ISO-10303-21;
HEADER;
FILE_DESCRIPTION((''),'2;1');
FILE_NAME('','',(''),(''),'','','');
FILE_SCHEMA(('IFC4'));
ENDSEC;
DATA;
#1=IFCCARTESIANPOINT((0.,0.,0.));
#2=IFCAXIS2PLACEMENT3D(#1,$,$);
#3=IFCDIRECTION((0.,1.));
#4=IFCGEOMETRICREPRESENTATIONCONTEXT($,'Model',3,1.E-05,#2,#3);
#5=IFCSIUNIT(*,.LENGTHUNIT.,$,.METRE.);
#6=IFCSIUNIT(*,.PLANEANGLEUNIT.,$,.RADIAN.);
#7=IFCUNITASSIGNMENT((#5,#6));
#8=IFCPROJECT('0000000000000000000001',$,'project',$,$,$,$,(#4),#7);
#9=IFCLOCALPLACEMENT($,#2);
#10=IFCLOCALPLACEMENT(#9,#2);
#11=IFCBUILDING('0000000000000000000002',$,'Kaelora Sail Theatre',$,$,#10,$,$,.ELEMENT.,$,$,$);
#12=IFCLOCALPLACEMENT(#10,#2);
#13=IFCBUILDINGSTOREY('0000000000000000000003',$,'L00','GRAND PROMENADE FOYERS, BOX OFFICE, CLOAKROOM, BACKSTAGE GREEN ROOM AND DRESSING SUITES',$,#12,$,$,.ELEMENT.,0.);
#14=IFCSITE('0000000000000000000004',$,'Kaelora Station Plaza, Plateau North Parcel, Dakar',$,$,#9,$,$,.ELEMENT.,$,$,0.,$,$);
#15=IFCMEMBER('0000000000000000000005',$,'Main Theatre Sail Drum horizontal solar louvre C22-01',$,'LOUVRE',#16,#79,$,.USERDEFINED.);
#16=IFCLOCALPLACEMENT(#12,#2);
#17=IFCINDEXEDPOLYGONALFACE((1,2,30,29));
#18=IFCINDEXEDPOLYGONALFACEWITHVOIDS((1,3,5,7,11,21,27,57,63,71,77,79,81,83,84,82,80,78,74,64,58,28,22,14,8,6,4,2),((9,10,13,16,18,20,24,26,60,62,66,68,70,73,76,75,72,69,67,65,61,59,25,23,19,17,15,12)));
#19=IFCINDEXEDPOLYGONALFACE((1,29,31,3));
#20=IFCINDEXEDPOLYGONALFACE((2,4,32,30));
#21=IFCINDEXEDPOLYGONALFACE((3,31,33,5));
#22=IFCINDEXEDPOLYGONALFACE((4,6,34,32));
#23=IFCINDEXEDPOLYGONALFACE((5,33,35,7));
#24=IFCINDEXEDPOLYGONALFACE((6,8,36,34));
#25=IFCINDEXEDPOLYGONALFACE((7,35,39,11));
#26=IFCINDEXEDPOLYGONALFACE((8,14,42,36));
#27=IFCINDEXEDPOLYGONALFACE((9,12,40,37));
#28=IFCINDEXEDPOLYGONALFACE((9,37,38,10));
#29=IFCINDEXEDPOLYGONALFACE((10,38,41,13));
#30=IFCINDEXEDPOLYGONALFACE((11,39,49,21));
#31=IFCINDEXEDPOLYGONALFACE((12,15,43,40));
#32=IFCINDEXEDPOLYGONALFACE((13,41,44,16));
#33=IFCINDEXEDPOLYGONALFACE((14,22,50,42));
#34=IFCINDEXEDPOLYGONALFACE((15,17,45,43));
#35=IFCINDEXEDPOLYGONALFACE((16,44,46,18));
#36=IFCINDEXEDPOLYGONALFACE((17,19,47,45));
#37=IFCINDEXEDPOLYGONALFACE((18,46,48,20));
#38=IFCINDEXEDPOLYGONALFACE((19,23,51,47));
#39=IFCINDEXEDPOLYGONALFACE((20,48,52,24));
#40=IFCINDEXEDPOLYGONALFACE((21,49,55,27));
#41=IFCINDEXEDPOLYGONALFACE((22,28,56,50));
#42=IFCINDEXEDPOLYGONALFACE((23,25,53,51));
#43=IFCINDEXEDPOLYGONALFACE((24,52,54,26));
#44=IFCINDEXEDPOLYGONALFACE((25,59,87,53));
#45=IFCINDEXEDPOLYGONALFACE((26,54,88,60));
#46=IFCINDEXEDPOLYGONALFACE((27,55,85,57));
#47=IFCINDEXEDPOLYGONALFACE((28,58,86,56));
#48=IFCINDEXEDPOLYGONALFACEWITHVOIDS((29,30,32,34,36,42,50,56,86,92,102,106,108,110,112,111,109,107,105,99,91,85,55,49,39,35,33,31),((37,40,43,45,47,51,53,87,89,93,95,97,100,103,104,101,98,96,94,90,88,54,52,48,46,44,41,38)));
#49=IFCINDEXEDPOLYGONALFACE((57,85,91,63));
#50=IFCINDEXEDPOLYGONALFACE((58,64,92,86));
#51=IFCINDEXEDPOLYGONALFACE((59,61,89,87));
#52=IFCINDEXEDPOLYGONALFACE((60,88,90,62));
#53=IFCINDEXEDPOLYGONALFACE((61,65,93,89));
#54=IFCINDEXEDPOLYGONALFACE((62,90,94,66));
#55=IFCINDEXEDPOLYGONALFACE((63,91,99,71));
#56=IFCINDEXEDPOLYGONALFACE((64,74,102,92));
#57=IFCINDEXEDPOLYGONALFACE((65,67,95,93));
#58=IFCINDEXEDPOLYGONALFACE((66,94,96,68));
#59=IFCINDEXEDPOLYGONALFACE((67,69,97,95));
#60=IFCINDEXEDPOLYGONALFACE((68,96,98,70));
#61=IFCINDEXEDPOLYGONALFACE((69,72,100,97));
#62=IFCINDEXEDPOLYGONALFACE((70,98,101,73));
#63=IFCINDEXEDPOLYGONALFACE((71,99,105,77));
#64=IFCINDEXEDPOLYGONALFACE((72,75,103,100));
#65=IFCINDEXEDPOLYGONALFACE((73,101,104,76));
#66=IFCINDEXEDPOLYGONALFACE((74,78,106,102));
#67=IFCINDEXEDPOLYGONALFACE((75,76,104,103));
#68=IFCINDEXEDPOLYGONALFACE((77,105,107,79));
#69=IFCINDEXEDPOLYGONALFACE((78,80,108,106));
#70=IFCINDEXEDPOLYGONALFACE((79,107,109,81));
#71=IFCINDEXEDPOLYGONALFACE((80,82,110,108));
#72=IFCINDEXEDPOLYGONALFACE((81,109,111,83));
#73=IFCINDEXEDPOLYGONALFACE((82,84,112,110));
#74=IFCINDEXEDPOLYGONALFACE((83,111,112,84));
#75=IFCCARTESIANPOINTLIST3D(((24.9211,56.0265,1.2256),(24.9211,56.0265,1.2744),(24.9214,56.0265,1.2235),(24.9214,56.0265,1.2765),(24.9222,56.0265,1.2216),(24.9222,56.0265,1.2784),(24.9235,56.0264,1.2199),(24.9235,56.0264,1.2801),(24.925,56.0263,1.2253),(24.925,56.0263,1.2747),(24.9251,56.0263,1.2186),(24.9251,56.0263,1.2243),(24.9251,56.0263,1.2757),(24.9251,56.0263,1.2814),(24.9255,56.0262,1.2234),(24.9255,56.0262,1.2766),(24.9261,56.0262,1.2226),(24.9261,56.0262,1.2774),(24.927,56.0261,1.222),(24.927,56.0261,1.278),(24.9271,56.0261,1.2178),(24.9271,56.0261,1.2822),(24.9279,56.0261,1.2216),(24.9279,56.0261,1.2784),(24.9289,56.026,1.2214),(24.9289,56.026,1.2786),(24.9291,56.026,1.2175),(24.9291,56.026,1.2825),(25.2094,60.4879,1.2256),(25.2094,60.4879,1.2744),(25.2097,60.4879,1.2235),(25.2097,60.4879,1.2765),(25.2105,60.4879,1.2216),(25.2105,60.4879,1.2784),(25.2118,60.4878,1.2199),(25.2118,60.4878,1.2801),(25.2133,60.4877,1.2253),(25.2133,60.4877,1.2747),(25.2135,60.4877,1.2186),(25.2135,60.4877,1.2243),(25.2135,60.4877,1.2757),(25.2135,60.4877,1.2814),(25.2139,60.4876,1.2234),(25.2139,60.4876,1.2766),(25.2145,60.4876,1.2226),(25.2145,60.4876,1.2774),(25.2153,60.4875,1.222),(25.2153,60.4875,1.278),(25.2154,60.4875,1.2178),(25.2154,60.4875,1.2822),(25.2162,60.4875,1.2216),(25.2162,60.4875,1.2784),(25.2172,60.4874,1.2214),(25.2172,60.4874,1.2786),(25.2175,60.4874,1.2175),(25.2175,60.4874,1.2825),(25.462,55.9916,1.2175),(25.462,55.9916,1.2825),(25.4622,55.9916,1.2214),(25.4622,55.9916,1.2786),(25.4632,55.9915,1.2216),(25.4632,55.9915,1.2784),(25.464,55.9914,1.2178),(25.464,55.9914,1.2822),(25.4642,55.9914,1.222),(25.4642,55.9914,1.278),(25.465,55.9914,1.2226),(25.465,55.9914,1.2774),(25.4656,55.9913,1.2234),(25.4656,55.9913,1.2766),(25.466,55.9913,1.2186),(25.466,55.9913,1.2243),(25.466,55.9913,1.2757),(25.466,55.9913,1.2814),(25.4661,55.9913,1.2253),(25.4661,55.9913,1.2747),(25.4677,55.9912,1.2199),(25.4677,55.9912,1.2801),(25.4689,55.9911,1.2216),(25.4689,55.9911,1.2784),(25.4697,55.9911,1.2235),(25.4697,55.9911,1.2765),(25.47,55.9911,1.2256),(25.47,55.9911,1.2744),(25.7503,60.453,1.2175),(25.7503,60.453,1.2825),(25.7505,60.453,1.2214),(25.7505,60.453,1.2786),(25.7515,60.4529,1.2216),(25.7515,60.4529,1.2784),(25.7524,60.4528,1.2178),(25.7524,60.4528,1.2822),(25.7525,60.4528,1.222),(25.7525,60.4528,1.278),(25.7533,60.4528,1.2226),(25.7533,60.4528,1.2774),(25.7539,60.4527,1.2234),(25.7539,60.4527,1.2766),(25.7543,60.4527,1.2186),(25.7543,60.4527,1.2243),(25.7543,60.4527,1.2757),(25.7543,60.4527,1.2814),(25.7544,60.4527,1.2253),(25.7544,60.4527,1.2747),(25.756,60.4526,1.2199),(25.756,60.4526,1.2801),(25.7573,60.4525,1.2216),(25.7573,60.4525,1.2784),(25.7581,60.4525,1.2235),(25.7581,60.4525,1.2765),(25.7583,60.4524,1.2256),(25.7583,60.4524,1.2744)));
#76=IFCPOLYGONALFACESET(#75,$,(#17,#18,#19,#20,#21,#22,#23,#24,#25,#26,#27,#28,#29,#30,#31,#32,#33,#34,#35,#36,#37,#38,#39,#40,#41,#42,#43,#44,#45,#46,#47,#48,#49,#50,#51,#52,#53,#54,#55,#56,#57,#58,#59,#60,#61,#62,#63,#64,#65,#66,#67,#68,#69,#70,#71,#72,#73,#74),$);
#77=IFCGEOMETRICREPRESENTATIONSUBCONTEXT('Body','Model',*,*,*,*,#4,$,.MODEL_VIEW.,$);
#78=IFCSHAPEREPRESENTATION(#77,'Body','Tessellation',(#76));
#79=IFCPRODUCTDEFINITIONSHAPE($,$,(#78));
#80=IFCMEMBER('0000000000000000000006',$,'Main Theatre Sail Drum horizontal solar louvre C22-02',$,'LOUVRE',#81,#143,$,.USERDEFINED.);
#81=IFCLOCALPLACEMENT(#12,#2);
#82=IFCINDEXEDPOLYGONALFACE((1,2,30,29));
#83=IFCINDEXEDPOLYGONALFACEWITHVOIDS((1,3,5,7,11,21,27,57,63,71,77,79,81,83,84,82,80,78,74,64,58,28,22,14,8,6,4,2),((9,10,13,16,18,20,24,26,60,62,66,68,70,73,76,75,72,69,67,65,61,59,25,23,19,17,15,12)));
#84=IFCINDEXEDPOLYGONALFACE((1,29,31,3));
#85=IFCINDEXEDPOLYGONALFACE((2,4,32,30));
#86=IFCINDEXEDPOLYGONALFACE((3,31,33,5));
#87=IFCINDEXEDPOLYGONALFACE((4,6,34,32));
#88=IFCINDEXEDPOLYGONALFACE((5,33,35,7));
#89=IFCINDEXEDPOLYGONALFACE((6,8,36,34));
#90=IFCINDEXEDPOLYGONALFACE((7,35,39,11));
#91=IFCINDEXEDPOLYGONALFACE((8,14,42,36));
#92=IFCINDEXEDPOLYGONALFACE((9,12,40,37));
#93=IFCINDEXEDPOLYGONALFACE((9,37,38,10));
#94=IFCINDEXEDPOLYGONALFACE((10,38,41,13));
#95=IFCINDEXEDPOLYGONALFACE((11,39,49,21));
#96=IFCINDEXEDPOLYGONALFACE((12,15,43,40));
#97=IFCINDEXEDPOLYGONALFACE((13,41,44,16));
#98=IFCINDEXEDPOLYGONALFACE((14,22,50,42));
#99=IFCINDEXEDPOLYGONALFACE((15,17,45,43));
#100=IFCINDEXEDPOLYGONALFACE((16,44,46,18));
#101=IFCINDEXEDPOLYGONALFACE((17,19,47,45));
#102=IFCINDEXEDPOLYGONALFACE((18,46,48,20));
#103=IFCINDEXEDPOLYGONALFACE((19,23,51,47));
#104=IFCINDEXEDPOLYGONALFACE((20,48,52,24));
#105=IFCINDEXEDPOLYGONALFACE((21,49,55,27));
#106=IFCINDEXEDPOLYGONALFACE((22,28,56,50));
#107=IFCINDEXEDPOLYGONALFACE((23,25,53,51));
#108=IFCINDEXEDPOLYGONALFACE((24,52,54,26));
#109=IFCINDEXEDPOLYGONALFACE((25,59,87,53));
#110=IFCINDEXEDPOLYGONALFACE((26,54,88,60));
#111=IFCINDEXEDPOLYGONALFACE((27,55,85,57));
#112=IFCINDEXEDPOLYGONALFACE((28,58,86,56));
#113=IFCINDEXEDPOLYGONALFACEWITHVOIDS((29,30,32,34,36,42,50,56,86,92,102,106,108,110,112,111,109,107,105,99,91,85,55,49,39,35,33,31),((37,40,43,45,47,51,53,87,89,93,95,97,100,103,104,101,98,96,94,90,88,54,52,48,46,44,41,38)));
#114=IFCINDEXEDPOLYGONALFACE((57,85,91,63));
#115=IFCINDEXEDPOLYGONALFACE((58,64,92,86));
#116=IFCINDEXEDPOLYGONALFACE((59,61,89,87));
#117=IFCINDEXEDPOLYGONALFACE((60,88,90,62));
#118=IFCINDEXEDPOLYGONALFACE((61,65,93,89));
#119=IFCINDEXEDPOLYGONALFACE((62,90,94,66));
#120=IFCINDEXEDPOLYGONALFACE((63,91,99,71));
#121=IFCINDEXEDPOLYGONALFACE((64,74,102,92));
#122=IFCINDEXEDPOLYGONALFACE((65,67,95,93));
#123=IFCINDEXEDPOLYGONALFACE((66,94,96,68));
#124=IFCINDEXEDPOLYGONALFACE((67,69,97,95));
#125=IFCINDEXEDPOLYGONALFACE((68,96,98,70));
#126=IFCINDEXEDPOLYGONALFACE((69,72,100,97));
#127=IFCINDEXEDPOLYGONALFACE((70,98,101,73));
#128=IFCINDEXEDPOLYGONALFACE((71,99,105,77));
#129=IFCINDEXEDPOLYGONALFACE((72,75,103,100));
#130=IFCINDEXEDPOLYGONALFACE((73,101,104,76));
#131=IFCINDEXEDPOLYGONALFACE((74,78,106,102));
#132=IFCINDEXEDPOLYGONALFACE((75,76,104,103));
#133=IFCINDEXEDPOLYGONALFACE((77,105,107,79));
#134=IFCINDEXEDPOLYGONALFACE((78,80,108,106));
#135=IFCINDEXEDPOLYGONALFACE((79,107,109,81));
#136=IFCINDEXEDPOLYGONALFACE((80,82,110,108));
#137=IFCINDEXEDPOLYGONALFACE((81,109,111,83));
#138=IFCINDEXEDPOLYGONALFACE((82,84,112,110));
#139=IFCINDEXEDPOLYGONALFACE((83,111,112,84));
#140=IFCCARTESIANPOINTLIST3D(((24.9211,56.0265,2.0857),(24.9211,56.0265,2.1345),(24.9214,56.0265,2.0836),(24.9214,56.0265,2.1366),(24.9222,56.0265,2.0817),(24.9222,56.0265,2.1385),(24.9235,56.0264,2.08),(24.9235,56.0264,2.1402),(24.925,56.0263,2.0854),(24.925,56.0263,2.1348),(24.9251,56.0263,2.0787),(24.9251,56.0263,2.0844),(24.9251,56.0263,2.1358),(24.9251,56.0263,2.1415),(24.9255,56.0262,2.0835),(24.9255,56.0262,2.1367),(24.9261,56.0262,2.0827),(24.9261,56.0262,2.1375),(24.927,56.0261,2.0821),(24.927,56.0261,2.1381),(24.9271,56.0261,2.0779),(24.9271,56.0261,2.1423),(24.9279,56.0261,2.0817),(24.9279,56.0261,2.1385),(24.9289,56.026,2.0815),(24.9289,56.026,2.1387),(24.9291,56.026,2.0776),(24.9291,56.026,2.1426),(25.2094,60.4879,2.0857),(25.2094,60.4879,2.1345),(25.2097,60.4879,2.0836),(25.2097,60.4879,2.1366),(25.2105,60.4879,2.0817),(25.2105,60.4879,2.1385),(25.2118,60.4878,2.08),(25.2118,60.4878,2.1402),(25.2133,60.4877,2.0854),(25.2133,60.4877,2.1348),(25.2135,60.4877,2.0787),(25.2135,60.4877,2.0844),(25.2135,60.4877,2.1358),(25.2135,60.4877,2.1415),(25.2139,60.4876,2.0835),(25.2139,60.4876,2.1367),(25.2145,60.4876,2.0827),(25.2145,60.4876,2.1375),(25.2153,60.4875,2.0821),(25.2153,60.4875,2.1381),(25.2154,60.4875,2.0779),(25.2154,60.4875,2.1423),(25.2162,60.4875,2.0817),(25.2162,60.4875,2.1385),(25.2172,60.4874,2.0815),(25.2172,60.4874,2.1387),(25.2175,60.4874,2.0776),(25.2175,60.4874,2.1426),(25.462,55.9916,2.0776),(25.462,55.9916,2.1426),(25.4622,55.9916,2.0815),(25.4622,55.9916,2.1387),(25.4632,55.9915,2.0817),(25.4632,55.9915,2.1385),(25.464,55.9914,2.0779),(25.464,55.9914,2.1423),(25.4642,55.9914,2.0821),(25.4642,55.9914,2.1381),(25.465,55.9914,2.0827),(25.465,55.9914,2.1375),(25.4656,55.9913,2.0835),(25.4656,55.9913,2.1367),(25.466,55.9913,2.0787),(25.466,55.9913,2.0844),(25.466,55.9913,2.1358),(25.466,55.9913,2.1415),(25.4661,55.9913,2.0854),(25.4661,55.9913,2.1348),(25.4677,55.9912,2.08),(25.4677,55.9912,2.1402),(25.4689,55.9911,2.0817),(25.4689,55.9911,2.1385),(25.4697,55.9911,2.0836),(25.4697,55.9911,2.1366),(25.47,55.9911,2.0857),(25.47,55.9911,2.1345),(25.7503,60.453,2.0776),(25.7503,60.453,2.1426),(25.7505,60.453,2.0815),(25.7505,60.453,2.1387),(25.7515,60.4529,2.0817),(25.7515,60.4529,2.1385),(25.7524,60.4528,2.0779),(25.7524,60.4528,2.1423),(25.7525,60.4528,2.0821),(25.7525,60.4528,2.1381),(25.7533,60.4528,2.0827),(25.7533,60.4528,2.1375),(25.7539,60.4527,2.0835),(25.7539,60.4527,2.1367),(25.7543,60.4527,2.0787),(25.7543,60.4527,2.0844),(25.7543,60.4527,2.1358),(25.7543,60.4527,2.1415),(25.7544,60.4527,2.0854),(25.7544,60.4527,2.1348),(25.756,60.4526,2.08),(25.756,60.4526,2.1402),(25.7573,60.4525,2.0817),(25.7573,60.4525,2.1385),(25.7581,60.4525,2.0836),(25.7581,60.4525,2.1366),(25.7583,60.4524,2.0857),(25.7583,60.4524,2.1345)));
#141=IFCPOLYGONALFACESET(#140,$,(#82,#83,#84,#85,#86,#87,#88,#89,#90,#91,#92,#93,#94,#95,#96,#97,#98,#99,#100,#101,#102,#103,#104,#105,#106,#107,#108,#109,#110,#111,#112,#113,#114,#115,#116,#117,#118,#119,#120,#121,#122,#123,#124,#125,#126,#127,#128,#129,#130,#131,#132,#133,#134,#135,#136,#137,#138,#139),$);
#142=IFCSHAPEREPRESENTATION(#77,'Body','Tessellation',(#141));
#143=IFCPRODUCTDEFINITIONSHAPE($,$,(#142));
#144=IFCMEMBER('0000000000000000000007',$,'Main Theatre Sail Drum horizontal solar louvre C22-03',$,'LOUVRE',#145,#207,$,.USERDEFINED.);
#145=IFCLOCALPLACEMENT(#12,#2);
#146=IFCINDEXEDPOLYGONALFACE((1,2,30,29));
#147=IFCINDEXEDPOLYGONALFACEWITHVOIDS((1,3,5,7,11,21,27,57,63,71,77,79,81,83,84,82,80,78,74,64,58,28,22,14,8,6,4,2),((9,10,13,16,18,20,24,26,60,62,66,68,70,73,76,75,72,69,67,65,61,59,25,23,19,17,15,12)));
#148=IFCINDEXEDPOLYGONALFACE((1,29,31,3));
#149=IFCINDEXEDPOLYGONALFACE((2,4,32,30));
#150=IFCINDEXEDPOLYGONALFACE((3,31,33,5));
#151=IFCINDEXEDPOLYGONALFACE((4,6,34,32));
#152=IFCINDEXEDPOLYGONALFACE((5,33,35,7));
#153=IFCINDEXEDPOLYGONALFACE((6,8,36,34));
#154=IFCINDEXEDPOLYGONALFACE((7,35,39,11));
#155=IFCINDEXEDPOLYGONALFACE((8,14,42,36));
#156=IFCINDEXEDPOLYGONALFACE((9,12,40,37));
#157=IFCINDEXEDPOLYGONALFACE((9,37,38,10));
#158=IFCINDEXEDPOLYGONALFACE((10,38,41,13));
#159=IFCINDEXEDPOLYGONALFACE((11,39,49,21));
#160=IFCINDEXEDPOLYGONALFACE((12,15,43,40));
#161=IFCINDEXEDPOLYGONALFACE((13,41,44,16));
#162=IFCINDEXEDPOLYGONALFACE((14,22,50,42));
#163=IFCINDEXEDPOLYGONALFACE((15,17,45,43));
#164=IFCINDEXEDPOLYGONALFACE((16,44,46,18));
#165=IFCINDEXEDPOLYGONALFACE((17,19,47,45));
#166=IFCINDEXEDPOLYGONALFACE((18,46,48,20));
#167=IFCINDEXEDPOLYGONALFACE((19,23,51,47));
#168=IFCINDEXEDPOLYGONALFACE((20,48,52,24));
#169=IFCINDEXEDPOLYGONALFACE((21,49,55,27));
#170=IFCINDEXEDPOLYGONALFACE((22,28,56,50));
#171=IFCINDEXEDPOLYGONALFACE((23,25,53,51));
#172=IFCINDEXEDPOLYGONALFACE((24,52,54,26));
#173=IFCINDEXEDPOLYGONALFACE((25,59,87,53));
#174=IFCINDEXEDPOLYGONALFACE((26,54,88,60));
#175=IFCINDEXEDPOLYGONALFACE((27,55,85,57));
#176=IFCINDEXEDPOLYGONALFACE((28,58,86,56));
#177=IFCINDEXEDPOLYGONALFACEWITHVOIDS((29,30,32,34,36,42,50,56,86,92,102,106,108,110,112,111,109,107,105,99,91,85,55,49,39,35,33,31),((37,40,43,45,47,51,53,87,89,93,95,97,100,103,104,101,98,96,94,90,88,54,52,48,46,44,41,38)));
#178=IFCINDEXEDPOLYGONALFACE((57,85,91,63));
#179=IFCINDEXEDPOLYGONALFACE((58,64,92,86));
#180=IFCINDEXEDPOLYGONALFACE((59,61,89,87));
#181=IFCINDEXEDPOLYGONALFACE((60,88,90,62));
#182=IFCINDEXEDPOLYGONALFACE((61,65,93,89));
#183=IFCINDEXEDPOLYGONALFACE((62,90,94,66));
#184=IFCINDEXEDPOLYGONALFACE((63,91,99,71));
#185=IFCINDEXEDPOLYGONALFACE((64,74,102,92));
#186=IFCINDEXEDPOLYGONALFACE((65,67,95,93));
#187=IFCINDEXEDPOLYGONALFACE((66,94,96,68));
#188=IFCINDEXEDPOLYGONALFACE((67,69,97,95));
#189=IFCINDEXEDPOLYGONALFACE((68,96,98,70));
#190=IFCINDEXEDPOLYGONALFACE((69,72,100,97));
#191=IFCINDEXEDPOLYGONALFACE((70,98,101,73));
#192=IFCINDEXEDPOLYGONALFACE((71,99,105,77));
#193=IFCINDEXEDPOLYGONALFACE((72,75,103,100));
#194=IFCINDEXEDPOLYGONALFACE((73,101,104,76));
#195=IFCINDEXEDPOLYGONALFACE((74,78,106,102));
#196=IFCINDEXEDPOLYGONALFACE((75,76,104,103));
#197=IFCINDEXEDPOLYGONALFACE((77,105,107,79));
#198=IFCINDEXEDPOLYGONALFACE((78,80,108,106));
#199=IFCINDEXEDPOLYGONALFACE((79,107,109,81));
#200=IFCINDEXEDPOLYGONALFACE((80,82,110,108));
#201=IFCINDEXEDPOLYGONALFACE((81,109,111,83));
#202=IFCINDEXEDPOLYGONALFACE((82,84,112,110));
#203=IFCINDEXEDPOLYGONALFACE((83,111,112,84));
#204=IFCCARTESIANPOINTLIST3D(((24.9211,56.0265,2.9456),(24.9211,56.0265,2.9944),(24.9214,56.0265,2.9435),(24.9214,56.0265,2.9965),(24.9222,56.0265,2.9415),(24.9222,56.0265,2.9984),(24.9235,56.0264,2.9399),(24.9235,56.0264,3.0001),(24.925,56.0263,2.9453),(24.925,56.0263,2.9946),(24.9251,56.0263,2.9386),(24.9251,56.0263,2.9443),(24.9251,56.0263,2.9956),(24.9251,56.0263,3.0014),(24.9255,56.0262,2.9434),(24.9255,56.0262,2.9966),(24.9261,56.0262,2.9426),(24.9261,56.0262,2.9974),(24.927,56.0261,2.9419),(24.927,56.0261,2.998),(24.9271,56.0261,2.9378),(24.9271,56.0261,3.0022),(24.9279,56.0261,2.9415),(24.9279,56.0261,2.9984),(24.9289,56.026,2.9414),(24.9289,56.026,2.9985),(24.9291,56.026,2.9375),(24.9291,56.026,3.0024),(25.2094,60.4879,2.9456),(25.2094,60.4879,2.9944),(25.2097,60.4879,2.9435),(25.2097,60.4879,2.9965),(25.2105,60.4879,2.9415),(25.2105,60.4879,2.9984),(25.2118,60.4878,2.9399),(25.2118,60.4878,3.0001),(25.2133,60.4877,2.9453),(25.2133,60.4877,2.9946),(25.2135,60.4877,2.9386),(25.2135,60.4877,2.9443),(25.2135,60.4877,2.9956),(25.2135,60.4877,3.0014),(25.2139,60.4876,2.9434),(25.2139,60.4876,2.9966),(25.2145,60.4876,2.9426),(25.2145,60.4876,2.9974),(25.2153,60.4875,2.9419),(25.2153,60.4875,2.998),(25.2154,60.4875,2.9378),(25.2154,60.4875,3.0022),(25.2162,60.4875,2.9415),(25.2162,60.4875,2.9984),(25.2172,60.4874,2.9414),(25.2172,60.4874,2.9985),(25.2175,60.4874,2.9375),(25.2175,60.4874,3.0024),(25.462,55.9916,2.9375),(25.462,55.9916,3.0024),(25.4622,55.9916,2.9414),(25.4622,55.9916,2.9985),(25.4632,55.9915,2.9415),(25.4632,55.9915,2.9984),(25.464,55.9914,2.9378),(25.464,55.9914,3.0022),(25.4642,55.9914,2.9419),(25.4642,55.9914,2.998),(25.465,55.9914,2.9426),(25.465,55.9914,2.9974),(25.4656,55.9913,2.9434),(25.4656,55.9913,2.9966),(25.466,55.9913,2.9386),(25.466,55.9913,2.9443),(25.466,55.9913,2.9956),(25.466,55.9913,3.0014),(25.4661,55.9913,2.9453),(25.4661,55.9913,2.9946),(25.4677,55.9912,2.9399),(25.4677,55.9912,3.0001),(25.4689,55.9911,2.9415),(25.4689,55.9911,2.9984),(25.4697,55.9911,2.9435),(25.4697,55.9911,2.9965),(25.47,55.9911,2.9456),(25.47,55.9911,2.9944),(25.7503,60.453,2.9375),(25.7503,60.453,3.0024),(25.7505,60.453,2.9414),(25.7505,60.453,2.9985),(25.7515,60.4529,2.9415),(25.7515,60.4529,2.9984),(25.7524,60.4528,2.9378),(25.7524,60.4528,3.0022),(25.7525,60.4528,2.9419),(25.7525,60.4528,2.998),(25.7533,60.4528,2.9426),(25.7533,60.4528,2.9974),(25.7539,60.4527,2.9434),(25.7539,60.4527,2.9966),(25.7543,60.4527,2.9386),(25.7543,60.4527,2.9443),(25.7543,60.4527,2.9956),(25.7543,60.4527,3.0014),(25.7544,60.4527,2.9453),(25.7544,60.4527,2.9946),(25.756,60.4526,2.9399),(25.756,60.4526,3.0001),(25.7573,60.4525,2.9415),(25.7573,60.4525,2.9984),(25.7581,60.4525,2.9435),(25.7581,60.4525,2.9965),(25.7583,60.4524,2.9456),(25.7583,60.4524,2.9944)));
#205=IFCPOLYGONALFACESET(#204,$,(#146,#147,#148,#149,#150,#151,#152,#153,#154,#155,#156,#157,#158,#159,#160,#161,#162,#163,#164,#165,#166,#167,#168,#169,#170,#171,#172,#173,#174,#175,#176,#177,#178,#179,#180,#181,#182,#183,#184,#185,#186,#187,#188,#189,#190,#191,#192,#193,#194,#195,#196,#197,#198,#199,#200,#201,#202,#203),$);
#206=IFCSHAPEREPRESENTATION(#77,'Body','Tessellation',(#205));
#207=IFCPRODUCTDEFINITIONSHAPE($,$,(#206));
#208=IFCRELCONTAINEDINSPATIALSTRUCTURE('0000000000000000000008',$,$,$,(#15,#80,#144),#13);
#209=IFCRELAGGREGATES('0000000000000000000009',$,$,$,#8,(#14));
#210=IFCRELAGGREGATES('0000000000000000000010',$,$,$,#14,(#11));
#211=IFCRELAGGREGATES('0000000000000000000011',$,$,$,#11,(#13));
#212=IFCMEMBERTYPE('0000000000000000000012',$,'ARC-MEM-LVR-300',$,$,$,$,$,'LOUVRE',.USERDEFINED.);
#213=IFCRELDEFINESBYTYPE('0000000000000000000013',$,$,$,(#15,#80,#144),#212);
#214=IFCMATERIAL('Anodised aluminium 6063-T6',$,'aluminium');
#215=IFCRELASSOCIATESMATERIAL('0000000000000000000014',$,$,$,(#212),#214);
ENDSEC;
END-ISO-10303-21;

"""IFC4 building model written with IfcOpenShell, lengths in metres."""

from ifc_helpers import new_model, si_unit, direction, frame, origin, origin_2d, place, context, subcontext, project, spatial, hollow_rectangle, extrude, material, material_profile, profile_set, type_object, element, save


model = new_model("IFC4")

# Units and contexts
model_context = context("Model", 3, precision=1e-05, world=origin(), true_north=direction((0.0, 1.0)))
body_context = subcontext(model_context, "Body", "Model", "MODEL_VIEW")
ifc_project = project(units=[si_unit("LENGTHUNIT", "METRE"), si_unit("PLANEANGLEUNIT", "RADIAN")], contexts=[model_context])

# Site, building, storey
site_placement = place(None, origin())
site = spatial("IfcSite", under=ifc_project, at=site_placement, Name="Kaelora Station Plaza, Plateau North Parcel, Dakar", CompositionType="ELEMENT", RefElevation=0.0)
building_placement = place(site_placement, origin())
building = spatial("IfcBuilding", under=site, at=building_placement, Name="Kaelora Sail Theatre", CompositionType="ELEMENT")
storey_placement = place(building_placement, origin())
storey = spatial("IfcBuildingStorey", under=building, at=storey_placement, Name="L00", Description="GRAND PROMENADE FOYERS, BOX OFFICE, CLOAKROOM, BACKSTAGE GREEN ROOM AND DRESSING SUITES", CompositionType="ELEMENT", Elevation=0.0)

# Members
ifc_material_1 = material(Name="Anodised aluminium 6063-T6", Category="aluminium")
ifc_material_profile_1 = material_profile(ifc_material_1, hollow_rectangle(XDim=0.55, YDim=0.0649, WallThickness=0.0039, InnerFilletRadius=0.0039, OuterFilletRadius=0.0081, at=origin_2d()), Name="LOUVRE 550x65x4")
ifc_profile_set_1 = profile_set([ifc_material_profile_1], Name="Anodised aluminium 6063-T6")
member_type_1 = type_object("IfcMemberType", Name="ARC-MEM-LVR-300", ElementType="LOUVRE", PredefinedType="USERDEFINED", material=ifc_profile_set_1)
for number, where, z_axis, x_axis, name in (
    (1, (25.1956, 56.0088, 1.25), (0.064493, 0.997918, 0.0), (-0.997918, 0.064493, 0.0), "Main Theatre Sail Drum horizontal solar louvre C22-01"),
    (2, (25.1956, 56.0088, 2.1101), (0.064493, 0.997918, 0.0), (-0.997918, 0.064493, 0.0), "Main Theatre Sail Drum horizontal solar louvre C22-02"),
    (3, (25.1956, 56.0088, 2.97), (0.064493, 0.997918, 0.0), (-0.997918, 0.064493, 0.0), "Main Theatre Sail Drum horizontal solar louvre C22-03"),
):
    element("IfcMember", number, at=place(storey_placement, frame(where, z_axis=z_axis, x_axis=x_axis)), inside=storey, type_object=member_type_1, Name=name, ObjectType="LOUVRE", PredefinedType="USERDEFINED", context=body_context, shape_type="SweptSolid", body=[
        extrude(hollow_rectangle(XDim=0.55, YDim=0.0649, WallThickness=0.0039, InnerFilletRadius=0.0039, OuterFilletRadius=0.0081, at=origin_2d()), origin(), (0.0, 0.0, 1.0), 4.4707),
    ])

save(model, "model.ifc")
